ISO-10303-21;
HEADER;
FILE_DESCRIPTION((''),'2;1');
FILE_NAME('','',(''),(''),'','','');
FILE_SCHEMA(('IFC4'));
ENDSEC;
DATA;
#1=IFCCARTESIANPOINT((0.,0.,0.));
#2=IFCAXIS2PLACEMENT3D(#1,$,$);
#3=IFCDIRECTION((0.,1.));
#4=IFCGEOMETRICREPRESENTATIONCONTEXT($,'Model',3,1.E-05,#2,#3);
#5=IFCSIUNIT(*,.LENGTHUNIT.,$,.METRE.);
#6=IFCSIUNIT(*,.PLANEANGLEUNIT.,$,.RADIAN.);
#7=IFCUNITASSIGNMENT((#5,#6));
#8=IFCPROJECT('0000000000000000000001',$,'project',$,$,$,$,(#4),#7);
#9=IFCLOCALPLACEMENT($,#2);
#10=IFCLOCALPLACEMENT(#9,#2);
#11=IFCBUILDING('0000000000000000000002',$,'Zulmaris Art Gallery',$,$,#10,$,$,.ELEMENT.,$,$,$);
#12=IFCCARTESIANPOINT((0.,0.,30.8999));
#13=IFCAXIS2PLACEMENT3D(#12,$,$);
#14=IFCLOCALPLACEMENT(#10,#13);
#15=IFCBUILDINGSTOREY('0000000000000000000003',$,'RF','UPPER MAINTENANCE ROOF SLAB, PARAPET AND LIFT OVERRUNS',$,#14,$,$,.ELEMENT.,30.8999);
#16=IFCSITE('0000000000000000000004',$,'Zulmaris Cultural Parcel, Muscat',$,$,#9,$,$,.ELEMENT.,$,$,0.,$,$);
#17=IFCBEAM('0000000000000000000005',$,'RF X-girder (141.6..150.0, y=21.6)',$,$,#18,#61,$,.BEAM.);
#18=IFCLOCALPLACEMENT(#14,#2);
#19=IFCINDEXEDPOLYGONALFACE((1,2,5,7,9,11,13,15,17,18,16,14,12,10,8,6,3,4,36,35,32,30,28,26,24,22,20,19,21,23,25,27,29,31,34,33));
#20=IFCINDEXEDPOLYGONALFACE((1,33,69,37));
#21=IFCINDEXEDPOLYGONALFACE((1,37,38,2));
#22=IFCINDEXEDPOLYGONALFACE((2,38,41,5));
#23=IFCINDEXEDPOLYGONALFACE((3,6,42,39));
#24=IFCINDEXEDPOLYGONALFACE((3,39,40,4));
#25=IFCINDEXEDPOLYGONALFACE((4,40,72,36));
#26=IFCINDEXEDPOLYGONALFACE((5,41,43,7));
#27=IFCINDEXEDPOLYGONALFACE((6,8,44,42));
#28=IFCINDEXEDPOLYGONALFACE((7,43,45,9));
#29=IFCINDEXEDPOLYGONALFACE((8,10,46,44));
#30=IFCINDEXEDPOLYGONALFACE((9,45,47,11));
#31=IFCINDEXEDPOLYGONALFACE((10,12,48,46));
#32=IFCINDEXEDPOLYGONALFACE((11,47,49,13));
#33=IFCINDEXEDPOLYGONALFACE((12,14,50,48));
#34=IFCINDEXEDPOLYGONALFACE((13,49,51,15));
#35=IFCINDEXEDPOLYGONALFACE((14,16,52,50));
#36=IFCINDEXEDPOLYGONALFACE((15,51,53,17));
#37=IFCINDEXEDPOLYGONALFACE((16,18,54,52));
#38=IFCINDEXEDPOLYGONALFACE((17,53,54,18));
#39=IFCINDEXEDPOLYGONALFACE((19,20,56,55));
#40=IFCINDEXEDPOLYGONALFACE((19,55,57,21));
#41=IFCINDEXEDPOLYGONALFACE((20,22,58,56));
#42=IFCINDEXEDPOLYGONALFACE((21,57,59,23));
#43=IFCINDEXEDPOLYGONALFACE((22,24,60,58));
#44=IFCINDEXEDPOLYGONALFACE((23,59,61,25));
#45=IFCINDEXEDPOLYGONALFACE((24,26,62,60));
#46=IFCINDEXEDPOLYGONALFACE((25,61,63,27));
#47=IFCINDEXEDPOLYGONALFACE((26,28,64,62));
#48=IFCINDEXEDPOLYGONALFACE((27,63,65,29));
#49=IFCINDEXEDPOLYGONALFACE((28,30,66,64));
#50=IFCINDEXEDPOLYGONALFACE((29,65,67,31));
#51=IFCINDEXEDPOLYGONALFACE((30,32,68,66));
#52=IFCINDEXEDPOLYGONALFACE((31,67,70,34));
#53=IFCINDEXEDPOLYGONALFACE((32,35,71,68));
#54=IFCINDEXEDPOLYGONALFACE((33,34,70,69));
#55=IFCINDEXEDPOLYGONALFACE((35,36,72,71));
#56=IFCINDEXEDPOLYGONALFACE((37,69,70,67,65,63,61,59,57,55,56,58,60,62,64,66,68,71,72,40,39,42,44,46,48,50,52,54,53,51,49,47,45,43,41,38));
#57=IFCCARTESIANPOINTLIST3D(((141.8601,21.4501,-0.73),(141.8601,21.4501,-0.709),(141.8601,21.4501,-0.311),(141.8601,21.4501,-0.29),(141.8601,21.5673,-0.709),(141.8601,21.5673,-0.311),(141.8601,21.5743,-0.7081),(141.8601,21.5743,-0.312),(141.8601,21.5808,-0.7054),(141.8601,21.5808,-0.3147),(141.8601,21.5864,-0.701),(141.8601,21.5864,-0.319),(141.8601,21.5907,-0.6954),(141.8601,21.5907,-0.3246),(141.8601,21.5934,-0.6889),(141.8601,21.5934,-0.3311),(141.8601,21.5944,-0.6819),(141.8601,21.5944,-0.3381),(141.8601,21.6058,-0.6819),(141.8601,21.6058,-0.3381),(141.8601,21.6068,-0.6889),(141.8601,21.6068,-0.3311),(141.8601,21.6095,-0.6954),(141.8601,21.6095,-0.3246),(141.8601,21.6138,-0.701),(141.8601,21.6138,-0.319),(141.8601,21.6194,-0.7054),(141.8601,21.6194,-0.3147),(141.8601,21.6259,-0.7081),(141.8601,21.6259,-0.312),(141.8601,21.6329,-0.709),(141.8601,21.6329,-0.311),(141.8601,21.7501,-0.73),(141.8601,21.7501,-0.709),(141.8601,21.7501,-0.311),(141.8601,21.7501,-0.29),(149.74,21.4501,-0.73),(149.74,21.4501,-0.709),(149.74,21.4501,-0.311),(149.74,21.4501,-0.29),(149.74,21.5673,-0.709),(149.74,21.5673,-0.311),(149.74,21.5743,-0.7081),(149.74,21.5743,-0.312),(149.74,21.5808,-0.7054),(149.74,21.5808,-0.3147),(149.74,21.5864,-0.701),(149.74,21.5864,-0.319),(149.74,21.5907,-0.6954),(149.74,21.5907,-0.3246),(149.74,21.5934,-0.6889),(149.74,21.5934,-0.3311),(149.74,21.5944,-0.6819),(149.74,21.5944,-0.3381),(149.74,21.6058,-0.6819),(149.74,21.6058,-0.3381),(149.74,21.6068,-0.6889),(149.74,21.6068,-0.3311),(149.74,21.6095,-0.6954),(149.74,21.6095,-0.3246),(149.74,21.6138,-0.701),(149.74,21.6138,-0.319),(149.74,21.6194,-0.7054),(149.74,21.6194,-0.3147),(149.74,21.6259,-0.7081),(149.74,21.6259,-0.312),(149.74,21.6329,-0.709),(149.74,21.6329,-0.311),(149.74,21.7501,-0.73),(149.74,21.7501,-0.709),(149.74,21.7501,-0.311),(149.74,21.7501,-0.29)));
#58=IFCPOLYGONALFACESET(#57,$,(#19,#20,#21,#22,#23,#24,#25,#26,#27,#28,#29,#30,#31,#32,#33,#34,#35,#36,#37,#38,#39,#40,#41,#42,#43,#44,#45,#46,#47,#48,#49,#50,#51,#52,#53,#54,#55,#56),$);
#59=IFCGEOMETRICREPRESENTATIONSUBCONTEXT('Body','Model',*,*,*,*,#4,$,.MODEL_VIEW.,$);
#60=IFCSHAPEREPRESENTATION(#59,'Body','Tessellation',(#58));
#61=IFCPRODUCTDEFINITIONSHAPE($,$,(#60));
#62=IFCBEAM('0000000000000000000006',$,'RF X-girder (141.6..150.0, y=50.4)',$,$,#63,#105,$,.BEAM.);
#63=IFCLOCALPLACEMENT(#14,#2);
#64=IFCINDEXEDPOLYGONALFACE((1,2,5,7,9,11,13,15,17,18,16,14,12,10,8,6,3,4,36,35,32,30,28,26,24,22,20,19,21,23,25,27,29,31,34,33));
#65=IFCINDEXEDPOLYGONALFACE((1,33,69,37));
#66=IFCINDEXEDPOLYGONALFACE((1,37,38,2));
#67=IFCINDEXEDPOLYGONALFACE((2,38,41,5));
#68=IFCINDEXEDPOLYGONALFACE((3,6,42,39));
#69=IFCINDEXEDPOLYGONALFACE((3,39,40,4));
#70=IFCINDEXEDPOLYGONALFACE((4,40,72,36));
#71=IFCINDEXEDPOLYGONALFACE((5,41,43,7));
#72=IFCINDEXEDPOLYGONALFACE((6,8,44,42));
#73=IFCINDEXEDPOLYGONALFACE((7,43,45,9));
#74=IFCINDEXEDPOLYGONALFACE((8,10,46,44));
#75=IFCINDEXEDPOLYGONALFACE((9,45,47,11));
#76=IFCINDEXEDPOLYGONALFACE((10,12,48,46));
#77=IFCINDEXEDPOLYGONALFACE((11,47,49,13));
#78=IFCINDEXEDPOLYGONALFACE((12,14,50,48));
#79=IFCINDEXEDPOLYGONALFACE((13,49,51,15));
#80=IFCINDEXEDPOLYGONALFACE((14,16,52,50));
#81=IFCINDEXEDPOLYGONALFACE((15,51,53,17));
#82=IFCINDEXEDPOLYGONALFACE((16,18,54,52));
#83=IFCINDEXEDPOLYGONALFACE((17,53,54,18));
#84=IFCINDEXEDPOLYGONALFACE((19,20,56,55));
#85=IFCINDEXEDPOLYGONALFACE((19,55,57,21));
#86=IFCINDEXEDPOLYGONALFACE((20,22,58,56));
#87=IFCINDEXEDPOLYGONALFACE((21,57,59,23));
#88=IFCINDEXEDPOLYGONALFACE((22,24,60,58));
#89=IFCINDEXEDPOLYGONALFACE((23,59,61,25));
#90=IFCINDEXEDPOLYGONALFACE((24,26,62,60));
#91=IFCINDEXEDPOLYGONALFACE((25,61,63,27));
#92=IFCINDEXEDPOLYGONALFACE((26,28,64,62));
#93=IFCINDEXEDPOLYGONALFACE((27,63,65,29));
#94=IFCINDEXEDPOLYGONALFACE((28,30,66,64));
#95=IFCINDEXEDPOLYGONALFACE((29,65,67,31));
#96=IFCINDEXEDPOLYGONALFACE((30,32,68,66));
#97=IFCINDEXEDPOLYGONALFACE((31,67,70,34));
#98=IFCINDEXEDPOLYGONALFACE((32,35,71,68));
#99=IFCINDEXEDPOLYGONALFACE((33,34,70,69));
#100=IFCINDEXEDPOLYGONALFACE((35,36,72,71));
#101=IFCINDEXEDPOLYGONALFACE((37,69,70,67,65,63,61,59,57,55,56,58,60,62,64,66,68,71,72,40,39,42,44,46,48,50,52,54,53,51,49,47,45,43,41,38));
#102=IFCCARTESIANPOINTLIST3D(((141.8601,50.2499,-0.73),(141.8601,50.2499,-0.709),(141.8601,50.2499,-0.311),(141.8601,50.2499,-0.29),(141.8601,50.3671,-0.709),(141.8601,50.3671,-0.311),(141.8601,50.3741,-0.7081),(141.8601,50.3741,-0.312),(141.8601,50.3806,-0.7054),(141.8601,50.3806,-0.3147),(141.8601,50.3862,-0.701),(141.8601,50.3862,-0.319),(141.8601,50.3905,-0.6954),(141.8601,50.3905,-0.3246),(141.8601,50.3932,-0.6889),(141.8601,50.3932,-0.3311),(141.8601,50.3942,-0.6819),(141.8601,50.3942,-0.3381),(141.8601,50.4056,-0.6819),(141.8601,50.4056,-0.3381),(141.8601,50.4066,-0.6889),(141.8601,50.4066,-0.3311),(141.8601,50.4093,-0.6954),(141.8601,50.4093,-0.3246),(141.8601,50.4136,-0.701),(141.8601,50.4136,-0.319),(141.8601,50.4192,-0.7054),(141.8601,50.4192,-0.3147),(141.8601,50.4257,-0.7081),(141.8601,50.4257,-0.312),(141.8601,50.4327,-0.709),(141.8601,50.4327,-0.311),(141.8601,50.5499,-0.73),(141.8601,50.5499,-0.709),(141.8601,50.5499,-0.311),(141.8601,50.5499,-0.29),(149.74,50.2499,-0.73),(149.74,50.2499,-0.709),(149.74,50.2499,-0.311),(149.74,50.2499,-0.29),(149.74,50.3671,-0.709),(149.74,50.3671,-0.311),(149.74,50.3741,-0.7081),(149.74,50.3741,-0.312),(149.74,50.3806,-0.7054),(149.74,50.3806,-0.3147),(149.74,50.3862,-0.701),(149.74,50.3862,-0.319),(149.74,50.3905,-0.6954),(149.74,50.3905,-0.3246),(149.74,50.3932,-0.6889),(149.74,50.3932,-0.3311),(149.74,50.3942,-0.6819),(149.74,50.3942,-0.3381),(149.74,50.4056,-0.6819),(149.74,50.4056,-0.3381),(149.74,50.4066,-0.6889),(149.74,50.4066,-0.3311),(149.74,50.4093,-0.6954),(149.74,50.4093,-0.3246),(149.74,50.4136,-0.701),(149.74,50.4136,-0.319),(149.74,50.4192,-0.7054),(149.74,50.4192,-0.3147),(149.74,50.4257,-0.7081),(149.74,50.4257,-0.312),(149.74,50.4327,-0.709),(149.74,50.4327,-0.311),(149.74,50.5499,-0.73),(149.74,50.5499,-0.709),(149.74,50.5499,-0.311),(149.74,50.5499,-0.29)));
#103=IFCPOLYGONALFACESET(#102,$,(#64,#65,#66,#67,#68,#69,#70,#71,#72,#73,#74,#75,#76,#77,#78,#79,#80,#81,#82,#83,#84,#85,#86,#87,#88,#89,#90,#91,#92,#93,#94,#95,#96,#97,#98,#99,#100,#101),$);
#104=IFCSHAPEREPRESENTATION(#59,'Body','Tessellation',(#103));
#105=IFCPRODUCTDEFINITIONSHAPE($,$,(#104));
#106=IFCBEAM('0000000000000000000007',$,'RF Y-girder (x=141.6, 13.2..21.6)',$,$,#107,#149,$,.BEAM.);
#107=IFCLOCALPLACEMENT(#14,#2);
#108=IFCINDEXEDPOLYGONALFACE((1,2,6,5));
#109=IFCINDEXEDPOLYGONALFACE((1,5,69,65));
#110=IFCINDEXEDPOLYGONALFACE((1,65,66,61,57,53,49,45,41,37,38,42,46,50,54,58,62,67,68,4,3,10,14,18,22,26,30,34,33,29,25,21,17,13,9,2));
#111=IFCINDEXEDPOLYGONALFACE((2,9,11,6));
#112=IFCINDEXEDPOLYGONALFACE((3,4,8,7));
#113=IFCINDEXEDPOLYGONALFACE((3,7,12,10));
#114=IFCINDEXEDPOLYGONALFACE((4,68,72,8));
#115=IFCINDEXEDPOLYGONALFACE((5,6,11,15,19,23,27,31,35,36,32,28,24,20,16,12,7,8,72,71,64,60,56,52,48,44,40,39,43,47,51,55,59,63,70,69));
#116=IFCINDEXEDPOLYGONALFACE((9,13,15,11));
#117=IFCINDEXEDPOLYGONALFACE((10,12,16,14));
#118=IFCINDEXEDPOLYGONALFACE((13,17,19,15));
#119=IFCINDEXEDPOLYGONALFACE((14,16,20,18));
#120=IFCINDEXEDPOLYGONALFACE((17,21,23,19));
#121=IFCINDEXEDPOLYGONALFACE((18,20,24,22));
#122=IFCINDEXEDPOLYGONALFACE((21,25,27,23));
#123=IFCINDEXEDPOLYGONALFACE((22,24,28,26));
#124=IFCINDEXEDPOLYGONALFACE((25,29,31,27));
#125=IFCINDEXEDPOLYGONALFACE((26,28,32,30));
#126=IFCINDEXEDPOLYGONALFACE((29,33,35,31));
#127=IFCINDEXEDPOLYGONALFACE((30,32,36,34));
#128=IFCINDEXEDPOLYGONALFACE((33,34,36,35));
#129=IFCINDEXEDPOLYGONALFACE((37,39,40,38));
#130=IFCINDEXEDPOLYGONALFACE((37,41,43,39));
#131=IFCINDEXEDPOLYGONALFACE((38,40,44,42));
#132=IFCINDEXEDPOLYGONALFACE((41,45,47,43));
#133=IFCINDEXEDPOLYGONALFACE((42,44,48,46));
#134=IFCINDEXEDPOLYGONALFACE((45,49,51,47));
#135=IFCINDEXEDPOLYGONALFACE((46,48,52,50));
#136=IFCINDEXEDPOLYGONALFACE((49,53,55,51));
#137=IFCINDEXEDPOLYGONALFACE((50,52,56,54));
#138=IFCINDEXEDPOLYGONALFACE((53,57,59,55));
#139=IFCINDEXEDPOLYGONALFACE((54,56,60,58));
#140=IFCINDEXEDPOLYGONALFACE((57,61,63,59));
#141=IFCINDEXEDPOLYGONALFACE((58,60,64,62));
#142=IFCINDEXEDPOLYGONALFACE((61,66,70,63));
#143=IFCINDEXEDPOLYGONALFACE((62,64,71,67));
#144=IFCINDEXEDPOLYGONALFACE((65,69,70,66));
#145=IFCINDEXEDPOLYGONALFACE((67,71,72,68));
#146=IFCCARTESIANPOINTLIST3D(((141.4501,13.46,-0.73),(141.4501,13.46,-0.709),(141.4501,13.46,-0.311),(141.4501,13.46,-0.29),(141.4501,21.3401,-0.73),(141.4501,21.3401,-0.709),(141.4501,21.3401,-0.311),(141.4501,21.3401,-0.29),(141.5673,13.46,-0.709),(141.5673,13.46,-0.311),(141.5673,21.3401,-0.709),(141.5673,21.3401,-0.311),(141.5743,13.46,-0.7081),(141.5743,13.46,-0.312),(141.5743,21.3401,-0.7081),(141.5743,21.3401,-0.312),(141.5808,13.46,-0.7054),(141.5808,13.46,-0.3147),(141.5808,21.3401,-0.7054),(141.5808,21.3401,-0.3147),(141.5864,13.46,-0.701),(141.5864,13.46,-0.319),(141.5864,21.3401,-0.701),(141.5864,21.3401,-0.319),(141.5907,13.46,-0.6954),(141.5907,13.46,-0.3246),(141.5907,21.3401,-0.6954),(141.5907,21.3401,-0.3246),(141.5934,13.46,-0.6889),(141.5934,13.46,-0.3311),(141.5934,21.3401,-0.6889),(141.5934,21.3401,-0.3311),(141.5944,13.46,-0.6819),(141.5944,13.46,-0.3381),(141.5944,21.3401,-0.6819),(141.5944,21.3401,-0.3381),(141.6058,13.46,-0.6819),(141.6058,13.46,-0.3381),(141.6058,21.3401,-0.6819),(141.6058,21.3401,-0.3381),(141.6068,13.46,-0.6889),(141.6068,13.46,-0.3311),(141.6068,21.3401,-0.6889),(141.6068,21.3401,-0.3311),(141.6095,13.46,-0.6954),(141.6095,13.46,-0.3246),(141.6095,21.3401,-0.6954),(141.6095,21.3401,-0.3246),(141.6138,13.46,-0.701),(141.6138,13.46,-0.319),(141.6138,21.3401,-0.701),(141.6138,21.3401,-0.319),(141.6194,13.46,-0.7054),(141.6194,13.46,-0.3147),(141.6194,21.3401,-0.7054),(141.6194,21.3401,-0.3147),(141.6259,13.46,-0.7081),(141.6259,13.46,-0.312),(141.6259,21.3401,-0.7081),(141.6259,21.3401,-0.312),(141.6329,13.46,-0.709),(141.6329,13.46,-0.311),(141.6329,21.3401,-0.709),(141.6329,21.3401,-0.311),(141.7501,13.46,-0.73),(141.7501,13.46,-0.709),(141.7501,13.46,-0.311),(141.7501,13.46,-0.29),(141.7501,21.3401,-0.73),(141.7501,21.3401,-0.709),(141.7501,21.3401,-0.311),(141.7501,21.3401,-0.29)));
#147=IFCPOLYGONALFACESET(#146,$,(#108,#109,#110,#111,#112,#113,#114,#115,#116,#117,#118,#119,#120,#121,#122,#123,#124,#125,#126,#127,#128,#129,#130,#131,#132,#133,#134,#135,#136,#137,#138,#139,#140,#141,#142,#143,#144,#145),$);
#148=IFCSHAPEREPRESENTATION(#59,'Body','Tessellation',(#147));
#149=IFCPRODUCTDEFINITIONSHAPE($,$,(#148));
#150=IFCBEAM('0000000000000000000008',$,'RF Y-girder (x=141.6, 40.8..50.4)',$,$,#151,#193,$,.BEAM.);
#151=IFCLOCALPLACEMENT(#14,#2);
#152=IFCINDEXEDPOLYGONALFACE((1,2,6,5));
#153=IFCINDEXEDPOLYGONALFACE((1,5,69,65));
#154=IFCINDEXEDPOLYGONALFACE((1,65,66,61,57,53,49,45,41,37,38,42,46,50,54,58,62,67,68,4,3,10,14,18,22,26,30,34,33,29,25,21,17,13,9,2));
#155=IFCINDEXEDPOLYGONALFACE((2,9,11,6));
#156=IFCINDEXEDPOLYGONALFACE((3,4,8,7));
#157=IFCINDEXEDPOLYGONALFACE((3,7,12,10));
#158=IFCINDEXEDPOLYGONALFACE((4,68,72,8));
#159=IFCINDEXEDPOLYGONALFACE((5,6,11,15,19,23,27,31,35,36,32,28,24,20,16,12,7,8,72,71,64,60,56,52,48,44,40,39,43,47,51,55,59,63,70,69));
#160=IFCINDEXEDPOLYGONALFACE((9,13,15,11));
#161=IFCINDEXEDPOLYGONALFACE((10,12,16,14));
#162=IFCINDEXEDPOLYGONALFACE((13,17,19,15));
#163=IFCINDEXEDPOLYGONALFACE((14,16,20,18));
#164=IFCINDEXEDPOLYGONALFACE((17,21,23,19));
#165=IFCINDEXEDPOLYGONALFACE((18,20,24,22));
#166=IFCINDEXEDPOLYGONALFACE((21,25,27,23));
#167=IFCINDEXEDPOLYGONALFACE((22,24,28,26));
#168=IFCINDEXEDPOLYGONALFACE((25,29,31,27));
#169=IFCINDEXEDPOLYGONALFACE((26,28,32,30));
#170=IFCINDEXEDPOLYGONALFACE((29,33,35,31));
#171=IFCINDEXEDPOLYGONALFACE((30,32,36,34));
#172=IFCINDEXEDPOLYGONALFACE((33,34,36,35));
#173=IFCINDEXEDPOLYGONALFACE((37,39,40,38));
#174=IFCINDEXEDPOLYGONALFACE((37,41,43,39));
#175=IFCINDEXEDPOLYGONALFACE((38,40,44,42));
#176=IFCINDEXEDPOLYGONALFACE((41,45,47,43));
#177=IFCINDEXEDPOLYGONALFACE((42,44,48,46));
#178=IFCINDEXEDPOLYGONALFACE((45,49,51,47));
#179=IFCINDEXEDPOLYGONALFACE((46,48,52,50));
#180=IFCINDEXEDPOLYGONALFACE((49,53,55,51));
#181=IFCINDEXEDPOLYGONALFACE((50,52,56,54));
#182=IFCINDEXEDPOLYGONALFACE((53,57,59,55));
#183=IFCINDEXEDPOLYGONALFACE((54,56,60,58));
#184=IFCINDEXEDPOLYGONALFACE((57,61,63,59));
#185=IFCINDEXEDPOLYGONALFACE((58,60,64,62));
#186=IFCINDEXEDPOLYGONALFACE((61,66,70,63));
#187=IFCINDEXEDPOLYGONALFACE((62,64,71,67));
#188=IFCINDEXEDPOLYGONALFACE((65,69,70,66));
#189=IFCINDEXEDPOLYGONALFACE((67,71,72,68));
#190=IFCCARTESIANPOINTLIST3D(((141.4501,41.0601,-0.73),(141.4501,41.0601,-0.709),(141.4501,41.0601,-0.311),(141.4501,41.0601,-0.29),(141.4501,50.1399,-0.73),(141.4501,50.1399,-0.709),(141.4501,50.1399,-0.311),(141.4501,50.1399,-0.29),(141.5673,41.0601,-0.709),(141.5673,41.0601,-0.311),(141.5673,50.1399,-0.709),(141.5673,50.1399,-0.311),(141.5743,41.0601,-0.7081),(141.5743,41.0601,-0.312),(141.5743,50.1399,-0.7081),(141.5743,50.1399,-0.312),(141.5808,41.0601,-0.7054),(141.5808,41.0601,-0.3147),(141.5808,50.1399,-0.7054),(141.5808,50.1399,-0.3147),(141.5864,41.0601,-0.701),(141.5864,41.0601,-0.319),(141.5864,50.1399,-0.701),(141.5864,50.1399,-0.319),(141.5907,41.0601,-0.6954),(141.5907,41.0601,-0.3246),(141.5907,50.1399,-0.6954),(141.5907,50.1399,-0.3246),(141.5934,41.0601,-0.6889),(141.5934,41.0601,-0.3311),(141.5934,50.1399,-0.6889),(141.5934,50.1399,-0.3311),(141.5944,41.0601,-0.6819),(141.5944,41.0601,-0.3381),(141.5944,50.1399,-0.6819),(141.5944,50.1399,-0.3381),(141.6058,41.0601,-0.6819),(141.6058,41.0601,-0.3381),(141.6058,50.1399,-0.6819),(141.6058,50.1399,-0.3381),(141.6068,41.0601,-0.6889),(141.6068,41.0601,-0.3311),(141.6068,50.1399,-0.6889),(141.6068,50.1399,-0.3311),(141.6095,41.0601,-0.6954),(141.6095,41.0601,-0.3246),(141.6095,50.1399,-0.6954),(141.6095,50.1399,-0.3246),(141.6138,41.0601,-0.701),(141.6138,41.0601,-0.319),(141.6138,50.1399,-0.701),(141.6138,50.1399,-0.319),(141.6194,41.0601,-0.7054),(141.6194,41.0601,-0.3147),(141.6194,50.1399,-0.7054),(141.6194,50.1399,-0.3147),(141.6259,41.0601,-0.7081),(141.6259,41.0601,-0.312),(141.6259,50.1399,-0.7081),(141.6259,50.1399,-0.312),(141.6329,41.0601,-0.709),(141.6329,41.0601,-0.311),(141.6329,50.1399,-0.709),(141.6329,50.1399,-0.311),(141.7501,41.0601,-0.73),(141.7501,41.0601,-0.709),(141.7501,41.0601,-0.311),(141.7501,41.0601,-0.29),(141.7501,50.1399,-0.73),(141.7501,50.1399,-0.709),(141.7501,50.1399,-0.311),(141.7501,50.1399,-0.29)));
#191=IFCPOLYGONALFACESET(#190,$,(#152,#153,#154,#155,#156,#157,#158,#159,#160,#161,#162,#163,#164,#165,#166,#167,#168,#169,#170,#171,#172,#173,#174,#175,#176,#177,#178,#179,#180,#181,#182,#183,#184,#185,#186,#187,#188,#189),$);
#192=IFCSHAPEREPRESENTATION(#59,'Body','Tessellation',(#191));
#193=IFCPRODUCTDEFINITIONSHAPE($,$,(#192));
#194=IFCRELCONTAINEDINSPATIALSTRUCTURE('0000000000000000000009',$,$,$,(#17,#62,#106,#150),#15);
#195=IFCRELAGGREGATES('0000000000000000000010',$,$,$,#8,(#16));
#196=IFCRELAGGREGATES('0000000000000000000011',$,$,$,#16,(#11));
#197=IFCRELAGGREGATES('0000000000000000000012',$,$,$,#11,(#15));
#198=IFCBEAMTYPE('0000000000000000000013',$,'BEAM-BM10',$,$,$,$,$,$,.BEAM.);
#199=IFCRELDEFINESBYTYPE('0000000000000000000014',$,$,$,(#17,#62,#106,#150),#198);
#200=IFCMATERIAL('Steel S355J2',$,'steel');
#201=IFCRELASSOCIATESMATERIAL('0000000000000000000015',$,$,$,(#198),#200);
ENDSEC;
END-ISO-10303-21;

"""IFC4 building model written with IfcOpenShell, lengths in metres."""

from ifc_helpers import new_model, si_unit, direction, frame, origin, origin_2d, place, context, subcontext, project, spatial, i_section, extrude, material, material_profile, profile_set, type_object, element, save


model = new_model("IFC4")

# Units and contexts
model_context = context("Model", 3, precision=1e-05, world=origin(), true_north=direction((0.0, 1.0)))
body_context = subcontext(model_context, "Body", "Model", "MODEL_VIEW")
ifc_project = project(units=[si_unit("LENGTHUNIT", "METRE"), si_unit("PLANEANGLEUNIT", "RADIAN")], contexts=[model_context])

# Site, building, storey
site_placement = place(None, origin())
site = spatial("IfcSite", under=ifc_project, at=site_placement, Name="Zulmaris Cultural Parcel, Muscat", CompositionType="ELEMENT", RefElevation=0.0)
building_placement = place(site_placement, origin())
building = spatial("IfcBuilding", under=site, at=building_placement, Name="Zulmaris Art Gallery", CompositionType="ELEMENT")
storey_placement = place(building_placement, frame((0.0, 0.0, 30.8999)))
storey = spatial("IfcBuildingStorey", under=building, at=storey_placement, Name="RF", Description="UPPER MAINTENANCE ROOF SLAB, PARAPET AND LIFT OVERRUNS", CompositionType="ELEMENT", Elevation=30.8999)

# Beams
ifc_material_1 = material(Name="Steel S355J2", Category="steel")
ifc_material_profile_1 = material_profile(ifc_material_1, i_section(OverallWidth=0.3, OverallDepth=0.4399, WebThickness=0.0115, FlangeThickness=0.021, FilletRadius=0.0271, at=origin_2d()), Name="HEA 450")
ifc_profile_set_1 = profile_set([ifc_material_profile_1], Name="Steel S355J2")
beam_type_1 = type_object("IfcBeamType", Name="BEAM-BM10", PredefinedType="BEAM", material=ifc_profile_set_1)
for number, where, z_axis, x_axis, name in (
    (1, (141.8601, 21.6001, -0.51), (1.0, 0.0, 0.0), (0.0, 1.0, 0.0), "RF X-girder (141.6..150.0, y=21.6)"),
    (2, (141.8601, 50.3999, -0.51), (1.0, 0.0, 0.0), (0.0, 1.0, 0.0), "RF X-girder (141.6..150.0, y=50.4)"),
):
    element("IfcBeam", number, at=place(storey_placement, frame(where, z_axis=z_axis, x_axis=x_axis)), inside=storey, type_object=beam_type_1, Name=name, PredefinedType="BEAM", context=body_context, shape_type="SweptSolid", body=[
        extrude(i_section(OverallWidth=0.3, OverallDepth=0.4399, WebThickness=0.0115, FlangeThickness=0.021, FilletRadius=0.0271, at=origin_2d()), origin(), (0.0, 0.0, 1.0), 7.8799),
    ])
beam_1_placement = place(storey_placement, frame((141.6001, 13.46, -0.51), z_axis=(0.0, 1.0, 0.0), x_axis=(-1.0, 0.0, 0.0)))
element("IfcBeam", 3, at=beam_1_placement, inside=storey, type_object=beam_type_1, Name="RF Y-girder (x=141.6, 13.2..21.6)", PredefinedType="BEAM", context=body_context, shape_type="SweptSolid", body=[
    extrude(i_section(OverallWidth=0.3, OverallDepth=0.4399, WebThickness=0.0115, FlangeThickness=0.021, FilletRadius=0.0271, at=origin_2d()), origin(), (0.0, 0.0, 1.0), 7.8801),
])
beam_2_placement = place(storey_placement, frame((141.6001, 41.0601, -0.51), z_axis=(0.0, 1.0, 0.0), x_axis=(-1.0, 0.0, 0.0)))
element("IfcBeam", 4, at=beam_2_placement, inside=storey, type_object=beam_type_1, Name="RF Y-girder (x=141.6, 40.8..50.4)", PredefinedType="BEAM", context=body_context, shape_type="SweptSolid", body=[
    extrude(i_section(OverallWidth=0.3, OverallDepth=0.4399, WebThickness=0.0115, FlangeThickness=0.021, FilletRadius=0.0271, at=origin_2d()), origin(), (0.0, 0.0, 1.0), 9.0798),
])

save(model, "model.ifc")
